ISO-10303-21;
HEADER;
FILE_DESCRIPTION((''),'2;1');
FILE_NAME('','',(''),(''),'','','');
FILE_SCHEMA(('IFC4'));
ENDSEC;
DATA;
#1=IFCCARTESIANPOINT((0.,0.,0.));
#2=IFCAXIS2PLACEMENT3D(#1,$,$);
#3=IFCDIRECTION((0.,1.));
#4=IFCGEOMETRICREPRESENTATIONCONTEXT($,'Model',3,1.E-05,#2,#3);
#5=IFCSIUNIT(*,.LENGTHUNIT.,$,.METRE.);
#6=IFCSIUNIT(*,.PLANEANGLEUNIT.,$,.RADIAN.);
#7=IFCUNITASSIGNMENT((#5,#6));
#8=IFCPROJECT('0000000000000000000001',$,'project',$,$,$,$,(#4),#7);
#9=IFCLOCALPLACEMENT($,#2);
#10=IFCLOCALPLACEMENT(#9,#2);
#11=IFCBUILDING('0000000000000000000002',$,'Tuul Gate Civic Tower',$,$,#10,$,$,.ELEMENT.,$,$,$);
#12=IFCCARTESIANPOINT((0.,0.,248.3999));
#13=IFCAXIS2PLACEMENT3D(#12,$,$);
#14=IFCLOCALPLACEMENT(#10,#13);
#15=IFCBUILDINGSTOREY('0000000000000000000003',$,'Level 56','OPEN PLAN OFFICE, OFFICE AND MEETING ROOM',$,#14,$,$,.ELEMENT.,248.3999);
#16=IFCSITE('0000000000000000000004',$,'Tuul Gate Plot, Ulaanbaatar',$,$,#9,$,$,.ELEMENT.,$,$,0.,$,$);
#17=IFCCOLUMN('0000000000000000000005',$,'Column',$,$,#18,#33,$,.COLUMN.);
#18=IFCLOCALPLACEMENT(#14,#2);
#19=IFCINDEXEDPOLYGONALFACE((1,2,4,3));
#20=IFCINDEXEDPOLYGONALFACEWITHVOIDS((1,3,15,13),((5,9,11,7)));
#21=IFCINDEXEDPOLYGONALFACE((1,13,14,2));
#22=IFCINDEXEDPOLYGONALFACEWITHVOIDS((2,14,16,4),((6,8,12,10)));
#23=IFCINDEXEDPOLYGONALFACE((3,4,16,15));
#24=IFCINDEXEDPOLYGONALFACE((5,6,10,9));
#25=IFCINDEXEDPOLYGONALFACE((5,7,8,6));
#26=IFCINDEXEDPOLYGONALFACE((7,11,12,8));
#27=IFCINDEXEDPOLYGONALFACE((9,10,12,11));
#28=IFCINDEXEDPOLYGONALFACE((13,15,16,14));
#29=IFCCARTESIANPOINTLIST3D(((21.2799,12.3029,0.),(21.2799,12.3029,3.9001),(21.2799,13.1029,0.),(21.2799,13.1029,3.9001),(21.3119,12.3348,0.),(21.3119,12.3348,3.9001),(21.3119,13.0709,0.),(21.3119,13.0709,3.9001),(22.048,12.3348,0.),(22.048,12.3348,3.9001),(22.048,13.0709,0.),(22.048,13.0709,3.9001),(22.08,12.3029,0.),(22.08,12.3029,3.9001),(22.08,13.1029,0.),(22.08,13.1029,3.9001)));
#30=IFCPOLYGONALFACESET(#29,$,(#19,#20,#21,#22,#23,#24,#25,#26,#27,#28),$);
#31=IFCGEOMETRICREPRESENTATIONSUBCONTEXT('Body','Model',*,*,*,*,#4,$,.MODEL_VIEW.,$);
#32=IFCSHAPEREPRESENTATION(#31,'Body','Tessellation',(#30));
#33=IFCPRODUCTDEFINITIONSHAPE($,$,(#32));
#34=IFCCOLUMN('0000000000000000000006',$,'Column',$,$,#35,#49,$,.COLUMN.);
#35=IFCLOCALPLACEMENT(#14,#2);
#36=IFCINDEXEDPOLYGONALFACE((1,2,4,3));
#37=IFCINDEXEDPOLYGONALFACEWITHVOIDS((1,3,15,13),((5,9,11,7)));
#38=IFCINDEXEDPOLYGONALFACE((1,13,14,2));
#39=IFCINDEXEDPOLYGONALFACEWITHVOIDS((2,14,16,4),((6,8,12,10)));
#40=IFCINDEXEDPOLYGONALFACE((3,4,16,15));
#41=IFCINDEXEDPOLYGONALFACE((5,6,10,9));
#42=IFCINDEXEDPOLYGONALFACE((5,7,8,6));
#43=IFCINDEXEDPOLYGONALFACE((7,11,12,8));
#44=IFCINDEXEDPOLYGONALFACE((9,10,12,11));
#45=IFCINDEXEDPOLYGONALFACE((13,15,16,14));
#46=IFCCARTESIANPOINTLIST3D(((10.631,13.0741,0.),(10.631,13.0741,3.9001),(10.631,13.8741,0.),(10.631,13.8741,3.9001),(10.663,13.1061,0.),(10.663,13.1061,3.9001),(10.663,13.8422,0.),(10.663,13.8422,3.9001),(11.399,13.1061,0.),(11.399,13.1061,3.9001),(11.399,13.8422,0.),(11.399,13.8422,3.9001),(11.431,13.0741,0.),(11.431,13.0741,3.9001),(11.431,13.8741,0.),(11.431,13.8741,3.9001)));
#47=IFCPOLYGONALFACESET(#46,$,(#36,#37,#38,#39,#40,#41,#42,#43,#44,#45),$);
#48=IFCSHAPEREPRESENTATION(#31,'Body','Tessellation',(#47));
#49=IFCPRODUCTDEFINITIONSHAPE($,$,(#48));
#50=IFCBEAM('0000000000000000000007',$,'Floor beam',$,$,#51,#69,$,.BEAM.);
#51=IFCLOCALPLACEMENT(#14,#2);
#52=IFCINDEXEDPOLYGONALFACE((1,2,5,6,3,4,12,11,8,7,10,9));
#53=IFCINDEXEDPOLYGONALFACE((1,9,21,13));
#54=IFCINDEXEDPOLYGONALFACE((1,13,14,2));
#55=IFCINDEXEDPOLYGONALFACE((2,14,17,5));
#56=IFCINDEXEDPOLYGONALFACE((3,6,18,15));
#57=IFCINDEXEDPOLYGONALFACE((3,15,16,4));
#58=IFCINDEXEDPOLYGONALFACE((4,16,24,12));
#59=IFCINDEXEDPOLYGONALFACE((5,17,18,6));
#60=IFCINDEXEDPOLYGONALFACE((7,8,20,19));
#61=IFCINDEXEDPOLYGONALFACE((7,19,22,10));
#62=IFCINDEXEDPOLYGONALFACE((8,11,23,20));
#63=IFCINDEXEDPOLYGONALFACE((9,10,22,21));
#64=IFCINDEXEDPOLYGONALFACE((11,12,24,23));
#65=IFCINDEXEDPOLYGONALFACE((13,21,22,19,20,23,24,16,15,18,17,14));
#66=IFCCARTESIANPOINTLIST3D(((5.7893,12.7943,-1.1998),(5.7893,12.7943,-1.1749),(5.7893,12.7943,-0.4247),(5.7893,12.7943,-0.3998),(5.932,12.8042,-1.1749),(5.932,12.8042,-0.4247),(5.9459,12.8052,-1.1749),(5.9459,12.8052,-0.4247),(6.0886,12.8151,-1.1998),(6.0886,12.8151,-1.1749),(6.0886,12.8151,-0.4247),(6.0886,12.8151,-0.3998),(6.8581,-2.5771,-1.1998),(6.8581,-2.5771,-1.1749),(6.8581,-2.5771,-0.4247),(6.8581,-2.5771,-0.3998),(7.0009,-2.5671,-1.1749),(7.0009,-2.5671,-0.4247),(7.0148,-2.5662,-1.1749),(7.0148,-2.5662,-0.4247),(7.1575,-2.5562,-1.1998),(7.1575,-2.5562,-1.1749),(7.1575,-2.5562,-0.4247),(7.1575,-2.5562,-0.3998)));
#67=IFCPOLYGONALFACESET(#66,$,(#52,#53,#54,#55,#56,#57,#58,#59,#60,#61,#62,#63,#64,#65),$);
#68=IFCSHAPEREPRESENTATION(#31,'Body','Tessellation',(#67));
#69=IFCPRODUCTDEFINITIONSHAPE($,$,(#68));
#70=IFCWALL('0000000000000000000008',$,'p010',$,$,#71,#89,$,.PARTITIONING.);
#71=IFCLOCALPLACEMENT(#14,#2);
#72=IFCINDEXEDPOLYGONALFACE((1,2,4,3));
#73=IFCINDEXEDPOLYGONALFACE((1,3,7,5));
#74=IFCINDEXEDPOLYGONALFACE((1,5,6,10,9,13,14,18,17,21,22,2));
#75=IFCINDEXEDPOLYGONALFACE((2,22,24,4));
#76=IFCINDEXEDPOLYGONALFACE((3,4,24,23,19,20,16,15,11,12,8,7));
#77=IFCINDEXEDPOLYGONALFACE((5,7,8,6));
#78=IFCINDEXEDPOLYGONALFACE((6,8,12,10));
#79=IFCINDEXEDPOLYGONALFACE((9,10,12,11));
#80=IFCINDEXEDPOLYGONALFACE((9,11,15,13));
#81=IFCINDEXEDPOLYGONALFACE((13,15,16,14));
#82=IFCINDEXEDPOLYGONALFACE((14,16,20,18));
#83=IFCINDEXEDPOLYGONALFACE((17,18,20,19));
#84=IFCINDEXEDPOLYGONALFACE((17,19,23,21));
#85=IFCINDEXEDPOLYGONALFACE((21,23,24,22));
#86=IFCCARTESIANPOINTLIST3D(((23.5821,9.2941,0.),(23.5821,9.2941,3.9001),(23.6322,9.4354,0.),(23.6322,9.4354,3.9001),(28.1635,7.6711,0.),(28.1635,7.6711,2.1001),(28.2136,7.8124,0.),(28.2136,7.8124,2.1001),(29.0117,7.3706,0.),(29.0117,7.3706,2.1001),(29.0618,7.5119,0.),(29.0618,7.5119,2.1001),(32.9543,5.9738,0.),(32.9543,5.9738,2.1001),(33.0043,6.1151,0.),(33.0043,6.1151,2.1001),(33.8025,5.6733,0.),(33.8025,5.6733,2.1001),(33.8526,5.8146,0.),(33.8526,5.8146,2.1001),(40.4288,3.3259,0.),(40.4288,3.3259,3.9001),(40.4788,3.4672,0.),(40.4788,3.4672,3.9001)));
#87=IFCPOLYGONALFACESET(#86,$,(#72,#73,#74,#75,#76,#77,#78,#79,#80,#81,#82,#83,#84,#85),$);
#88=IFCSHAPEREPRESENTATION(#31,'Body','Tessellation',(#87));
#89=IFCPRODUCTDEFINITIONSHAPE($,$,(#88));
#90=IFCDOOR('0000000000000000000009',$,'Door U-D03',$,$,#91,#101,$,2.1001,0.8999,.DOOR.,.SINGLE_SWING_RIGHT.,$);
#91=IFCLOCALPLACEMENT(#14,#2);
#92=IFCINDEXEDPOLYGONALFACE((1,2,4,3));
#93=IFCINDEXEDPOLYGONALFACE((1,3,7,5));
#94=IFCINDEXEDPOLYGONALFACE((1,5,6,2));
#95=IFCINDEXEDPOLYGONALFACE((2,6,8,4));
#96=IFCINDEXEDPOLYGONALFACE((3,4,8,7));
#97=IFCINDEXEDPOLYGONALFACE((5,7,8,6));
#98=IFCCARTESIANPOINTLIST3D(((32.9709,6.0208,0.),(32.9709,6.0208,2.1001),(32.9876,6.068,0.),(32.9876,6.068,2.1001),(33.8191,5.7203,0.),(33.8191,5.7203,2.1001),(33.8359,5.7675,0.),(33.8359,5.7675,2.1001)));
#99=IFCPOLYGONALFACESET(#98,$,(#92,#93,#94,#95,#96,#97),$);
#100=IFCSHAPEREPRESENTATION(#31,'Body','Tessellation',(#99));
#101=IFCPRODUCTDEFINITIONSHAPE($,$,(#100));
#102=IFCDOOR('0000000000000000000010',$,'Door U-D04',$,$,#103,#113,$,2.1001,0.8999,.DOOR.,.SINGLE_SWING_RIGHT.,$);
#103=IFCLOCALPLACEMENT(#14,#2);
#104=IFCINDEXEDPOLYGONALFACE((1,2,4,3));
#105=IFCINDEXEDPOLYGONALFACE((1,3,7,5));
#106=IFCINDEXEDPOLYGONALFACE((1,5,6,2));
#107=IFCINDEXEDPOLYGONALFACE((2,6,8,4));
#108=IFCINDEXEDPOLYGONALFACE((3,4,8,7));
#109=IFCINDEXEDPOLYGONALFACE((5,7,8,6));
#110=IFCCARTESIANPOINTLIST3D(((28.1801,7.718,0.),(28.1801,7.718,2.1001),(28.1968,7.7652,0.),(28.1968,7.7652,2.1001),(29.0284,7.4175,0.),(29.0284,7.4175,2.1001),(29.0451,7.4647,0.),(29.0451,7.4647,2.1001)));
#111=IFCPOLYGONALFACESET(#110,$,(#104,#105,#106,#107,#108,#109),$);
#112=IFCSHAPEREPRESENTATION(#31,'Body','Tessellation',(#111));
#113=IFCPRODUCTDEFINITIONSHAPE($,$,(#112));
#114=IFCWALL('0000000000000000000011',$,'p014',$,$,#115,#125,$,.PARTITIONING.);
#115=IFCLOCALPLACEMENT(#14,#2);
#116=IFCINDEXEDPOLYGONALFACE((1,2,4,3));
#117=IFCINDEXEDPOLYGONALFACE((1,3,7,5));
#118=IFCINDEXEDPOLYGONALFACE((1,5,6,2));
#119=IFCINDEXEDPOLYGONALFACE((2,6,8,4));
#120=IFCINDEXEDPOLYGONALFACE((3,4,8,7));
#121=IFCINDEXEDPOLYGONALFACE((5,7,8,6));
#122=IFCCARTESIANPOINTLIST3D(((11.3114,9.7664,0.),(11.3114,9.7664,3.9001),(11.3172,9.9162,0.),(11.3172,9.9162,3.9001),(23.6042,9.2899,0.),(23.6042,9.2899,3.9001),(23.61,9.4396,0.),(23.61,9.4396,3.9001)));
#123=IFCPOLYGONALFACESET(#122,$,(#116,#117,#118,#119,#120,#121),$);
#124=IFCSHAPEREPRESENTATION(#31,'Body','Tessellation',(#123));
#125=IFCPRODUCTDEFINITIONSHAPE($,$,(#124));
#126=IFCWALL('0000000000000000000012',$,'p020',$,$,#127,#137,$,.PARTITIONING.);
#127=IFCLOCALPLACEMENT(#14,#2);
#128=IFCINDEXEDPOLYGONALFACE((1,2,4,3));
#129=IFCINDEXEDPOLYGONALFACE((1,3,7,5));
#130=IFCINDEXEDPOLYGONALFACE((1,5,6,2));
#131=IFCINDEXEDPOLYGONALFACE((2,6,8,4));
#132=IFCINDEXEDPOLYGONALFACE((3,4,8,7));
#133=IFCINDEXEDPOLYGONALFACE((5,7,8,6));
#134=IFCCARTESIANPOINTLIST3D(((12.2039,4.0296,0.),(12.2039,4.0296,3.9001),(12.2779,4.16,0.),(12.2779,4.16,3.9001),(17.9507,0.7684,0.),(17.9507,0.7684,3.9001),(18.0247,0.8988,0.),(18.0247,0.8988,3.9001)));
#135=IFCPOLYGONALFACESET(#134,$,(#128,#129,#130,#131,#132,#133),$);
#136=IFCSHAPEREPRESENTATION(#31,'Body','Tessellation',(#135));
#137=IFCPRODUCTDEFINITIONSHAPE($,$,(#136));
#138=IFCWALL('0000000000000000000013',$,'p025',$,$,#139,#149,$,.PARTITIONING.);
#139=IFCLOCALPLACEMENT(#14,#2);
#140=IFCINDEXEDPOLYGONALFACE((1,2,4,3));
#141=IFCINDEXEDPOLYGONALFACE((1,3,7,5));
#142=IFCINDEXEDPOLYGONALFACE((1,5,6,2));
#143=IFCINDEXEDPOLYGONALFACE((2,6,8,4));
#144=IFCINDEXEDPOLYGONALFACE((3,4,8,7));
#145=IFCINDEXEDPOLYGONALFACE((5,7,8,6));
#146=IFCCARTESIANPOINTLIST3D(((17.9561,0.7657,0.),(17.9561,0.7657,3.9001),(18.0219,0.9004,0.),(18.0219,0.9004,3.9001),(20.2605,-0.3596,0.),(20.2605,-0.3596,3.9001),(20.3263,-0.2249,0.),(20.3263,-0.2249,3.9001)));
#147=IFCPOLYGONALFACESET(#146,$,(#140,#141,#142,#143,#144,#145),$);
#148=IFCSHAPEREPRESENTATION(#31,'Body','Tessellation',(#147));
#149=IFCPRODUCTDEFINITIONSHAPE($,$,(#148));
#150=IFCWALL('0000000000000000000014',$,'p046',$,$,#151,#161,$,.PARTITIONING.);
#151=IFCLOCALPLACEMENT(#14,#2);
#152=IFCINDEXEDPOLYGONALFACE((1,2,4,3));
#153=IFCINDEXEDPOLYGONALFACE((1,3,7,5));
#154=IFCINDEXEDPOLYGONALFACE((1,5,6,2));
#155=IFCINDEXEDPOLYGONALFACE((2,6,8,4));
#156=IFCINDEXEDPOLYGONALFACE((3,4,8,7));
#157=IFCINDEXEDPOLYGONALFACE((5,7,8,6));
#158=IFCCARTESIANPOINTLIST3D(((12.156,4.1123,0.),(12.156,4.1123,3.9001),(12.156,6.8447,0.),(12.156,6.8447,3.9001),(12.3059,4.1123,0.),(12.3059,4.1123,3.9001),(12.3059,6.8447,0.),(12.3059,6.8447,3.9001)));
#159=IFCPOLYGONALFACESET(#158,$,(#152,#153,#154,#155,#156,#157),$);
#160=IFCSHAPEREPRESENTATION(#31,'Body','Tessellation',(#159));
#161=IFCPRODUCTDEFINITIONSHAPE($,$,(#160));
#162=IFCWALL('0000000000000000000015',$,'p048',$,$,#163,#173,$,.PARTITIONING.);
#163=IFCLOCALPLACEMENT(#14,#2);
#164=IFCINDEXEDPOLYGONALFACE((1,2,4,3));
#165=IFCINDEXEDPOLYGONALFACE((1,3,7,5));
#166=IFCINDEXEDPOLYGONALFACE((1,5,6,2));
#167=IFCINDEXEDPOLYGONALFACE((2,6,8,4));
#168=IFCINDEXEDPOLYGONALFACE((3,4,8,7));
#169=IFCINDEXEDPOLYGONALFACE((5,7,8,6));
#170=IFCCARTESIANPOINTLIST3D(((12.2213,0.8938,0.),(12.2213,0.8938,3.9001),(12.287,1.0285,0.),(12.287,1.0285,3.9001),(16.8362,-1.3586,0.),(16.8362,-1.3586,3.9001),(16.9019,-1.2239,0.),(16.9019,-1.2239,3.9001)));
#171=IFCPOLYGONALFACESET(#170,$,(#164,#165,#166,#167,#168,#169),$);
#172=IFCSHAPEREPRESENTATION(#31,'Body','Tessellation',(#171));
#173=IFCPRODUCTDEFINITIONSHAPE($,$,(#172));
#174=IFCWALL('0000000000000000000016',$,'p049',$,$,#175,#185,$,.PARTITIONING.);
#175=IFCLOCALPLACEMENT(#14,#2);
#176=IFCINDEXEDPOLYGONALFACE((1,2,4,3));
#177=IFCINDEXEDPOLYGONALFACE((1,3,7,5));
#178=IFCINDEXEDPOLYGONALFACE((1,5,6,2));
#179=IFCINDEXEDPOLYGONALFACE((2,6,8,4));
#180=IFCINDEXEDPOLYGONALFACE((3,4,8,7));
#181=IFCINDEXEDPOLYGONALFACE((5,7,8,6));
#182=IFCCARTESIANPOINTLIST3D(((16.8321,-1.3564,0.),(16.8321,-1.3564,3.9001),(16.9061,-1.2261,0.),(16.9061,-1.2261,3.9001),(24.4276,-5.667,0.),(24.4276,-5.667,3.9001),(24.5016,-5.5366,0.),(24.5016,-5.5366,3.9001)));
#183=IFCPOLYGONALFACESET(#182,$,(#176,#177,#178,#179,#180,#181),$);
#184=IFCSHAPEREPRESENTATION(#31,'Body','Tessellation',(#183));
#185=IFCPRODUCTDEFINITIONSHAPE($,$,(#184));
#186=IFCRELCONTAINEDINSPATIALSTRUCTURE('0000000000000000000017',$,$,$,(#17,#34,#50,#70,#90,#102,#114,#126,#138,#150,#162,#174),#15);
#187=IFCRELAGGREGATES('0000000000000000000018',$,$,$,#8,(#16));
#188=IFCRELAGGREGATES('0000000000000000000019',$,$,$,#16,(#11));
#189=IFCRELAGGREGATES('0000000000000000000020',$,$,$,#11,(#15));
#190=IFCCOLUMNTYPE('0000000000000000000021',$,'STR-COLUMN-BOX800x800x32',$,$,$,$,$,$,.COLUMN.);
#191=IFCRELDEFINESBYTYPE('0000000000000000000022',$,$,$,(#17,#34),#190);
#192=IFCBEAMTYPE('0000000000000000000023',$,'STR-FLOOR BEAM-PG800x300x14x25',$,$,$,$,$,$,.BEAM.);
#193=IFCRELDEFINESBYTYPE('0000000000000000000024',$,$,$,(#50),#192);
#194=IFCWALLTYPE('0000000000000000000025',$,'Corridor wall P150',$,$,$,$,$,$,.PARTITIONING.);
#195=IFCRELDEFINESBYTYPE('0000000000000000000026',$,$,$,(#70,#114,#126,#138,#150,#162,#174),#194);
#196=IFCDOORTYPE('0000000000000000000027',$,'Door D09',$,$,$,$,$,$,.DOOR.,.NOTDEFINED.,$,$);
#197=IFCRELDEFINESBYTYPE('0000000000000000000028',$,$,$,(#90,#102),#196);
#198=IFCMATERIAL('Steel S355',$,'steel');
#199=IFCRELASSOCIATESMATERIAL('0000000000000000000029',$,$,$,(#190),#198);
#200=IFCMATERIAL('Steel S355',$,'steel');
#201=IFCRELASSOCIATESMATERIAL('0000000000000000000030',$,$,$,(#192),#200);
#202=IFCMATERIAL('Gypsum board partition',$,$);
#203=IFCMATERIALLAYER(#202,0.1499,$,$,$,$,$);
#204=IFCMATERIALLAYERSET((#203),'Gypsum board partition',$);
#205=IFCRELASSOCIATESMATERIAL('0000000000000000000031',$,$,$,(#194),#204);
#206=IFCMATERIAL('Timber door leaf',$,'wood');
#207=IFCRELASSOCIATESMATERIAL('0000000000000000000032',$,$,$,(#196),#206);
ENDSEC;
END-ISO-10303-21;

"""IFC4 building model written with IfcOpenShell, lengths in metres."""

from ifc_helpers import new_model, si_unit, direction, frame, frame_2d, origin, origin_2d, place, context, subcontext, project, spatial, rectangle, hollow_rectangle, i_section, extrude, material, layer, layer_set, material_profile, profile_set, type_object, element, fill, save


model = new_model("IFC4")

# Units and contexts
model_context = context("Model", 3, precision=1e-05, world=origin(), true_north=direction((0.0, 1.0)))
body_context = subcontext(model_context, "Body", "Model", "MODEL_VIEW")
ifc_project = project(units=[si_unit("LENGTHUNIT", "METRE"), si_unit("PLANEANGLEUNIT", "RADIAN")], contexts=[model_context])

# Site, building, storey
site_placement = place(None, origin())
site = spatial("IfcSite", under=ifc_project, at=site_placement, Name="Tuul Gate Plot, Ulaanbaatar", CompositionType="ELEMENT", RefElevation=0.0)
building_placement = place(site_placement, origin())
building = spatial("IfcBuilding", under=site, at=building_placement, Name="Tuul Gate Civic Tower", CompositionType="ELEMENT")
storey_placement = place(building_placement, frame((0.0, 0.0, 248.3999)))
storey = spatial("IfcBuildingStorey", under=building, at=storey_placement, Name="Level 56", Description="OPEN PLAN OFFICE, OFFICE AND MEETING ROOM", CompositionType="ELEMENT", Elevation=248.3999)

# Columns
ifc_material_1 = material(Name="Steel S355", Category="steel")
ifc_material_profile_1 = material_profile(ifc_material_1, hollow_rectangle(XDim=0.8, YDim=0.8, WallThickness=0.032, at=origin_2d()), Name="BOX800x800x32")
ifc_profile_set_1 = profile_set([ifc_material_profile_1], Name="Steel S355")
column_type = type_object("IfcColumnType", Name="STR-COLUMN-BOX800x800x32", PredefinedType="COLUMN", material=ifc_profile_set_1)
for number, where, z_axis, x_axis, name in (
    (1, (21.6799, 12.7029, 0.0), (0.0, 0.0, 1.0), (1.0, 0.0, 0.0), "Column"),
    (2, (11.031, 13.4741, 0.0), (0.0, 0.0, 1.0), (1.0, 0.0, 0.0), "Column"),
):
    element("IfcColumn", number, at=place(storey_placement, frame(where, z_axis=z_axis, x_axis=x_axis)), inside=storey, type_object=column_type, Name=name, PredefinedType="COLUMN", context=body_context, shape_type="SweptSolid", body=[
        extrude(hollow_rectangle(XDim=0.8, YDim=0.8, WallThickness=0.032, at=origin_2d()), origin(), (0.0, 0.0, 1.0), 3.9001),
    ])

# Beam
ifc_material_2 = material(Name="Steel S355", Category="steel")
ifc_material_profile_2 = material_profile(ifc_material_2, i_section(OverallWidth=0.3, OverallDepth=0.8, WebThickness=0.0139, FlangeThickness=0.0249, at=origin_2d()), Name="PG800x300x14x25")
ifc_profile_set_2 = profile_set([ifc_material_profile_2], Name="Steel S355")
beam_type = type_object("IfcBeamType", Name="STR-FLOOR BEAM-PG800x300x14x25", PredefinedType="BEAM", material=ifc_profile_set_2)
beam_placement = place(storey_placement, frame((7.0078, -2.5667, -0.7998), z_axis=(-0.069368, 0.997591, 0.0), x_axis=(-0.997591, -0.069368, 0.0)))
element("IfcBeam", 3, at=beam_placement, inside=storey, type_object=beam_type, Name="Floor beam", PredefinedType="BEAM", context=body_context, shape_type="SweptSolid", body=[
    extrude(i_section(OverallWidth=0.3, OverallDepth=0.8, WebThickness=0.0139, FlangeThickness=0.0249, at=origin_2d()), origin(), (0.0, 0.0, 1.0), 15.4084),
])

# Wall, openings, doors
ifc_material_3 = material(Name="Gypsum board partition")
ifc_layer_1 = layer(ifc_material_3, 0.1499)
ifc_layer_set_1 = layer_set([ifc_layer_1], Name="Gypsum board partition")
wall_type_1 = type_object("IfcWallType", Name="Corridor wall P150", PredefinedType="PARTITIONING", material=ifc_layer_set_1)
wall_1_placement = place(storey_placement, frame((23.6072, 9.3647, 0.0), z_axis=(0.0, 0.0, 1.0), x_axis=(0.942597, -0.333933, 0.0)))
wall_1 = element("IfcWall", 4, at=wall_1_placement, inside=storey, type_object=wall_type_1, Name="p010", PredefinedType="PARTITIONING", context=body_context, shape_type="SweptSolid", body=[
    extrude(rectangle(XDim=17.8726, YDim=0.1499, at=frame_2d((8.9363, 0.0))), origin(), (0.0, 0.0, 1.0), 3.9001),
])
opening_1_placement = place(wall_1_placement, frame((9.9429, 0.0, 0.0)))
opening_1 = element("IfcOpeningElement", 5, at=opening_1_placement, cuts=wall_1, PredefinedType="OPENING", context=body_context, shape_type="SweptSolid", body=[
    extrude(rectangle(XDim=0.8999, YDim=2.1001, at=frame_2d((0.45, 1.05))), frame((0.0, 0.085, 0.0), z_axis=(0.0, -1.0, 0.0), x_axis=(1.0, 0.0, 0.0)), (0.0, 0.0, 1.0), 0.1699),
])
opening_2_placement = place(wall_1_placement, frame((4.8604, 0.0, 0.0)))
opening_2 = element("IfcOpeningElement", 6, at=opening_2_placement, cuts=wall_1, PredefinedType="OPENING", context=body_context, shape_type="SweptSolid", body=[
    extrude(rectangle(XDim=0.8999, YDim=2.1001, at=frame_2d((0.45, 1.05))), frame((0.0, 0.085, 0.0), z_axis=(0.0, -1.0, 0.0), x_axis=(1.0, 0.0, 0.0)), (0.0, 0.0, 1.0), 0.1699),
])
ifc_material_4 = material(Name="Timber door leaf", Category="wood")
door_type_1 = type_object("IfcDoorType", Name="Door D09", OperationType="NOTDEFINED", PredefinedType="DOOR", material=ifc_material_4)
door_1_placement = place(opening_1_placement, origin())
door_1 = element("IfcDoor", 7, at=door_1_placement, inside=storey, type_object=door_type_1, Name="Door U-D03", OperationType="SINGLE_SWING_RIGHT", OverallHeight=2.1001, OverallWidth=0.8999, PredefinedType="DOOR", context=body_context, shape_type="SweptSolid", body=[
    extrude(rectangle(XDim=0.8999, YDim=2.1001, at=frame_2d((0.45, 1.05))), frame((0.0, 0.0249, 0.0), z_axis=(0.0, -1.0, 0.0), x_axis=(1.0, 0.0, 0.0)), (0.0, 0.0, 1.0), 0.05),
])
fill(opening_1, door_1)
door_2_placement = place(opening_2_placement, origin())
door_2 = element("IfcDoor", 8, at=door_2_placement, inside=storey, type_object=door_type_1, Name="Door U-D04", OperationType="SINGLE_SWING_RIGHT", OverallHeight=2.1001, OverallWidth=0.8999, PredefinedType="DOOR", context=body_context, shape_type="SweptSolid", body=[
    extrude(rectangle(XDim=0.8999, YDim=2.1001, at=frame_2d((0.45, 1.05))), frame((0.0, 0.0249, 0.0), z_axis=(0.0, -1.0, 0.0), x_axis=(1.0, 0.0, 0.0)), (0.0, 0.0, 1.0), 0.05),
])
fill(opening_2, door_2)

# Walls
wall_2_placement = place(storey_placement, frame((11.3145, 9.8413, 0.0), z_axis=(0.0, 0.0, 1.0), x_axis=(0.999249, -0.038739, 0.0)))
element("IfcWall", 9, at=wall_2_placement, inside=storey, type_object=wall_type_1, Name="p014", PredefinedType="PARTITIONING", context=body_context, shape_type="SweptSolid", body=[
    extrude(rectangle(XDim=12.302, YDim=0.1499, at=frame_2d((6.1509, 0.0))), origin(), (0.0, 0.0, 1.0), 3.9001),
])
wall_3_placement = place(storey_placement, frame((12.241, 4.0947, 0.0), z_axis=(0.0, 0.0, 1.0), x_axis=(0.869717, -0.49355, 0.0)))
element("IfcWall", 10, at=wall_3_placement, inside=storey, type_object=wall_type_1, Name="p020", PredefinedType="PARTITIONING", context=body_context, shape_type="SweptSolid", body=[
    extrude(rectangle(XDim=6.6077, YDim=0.1499, at=frame_2d((3.3037, 0.0))), origin(), (0.0, 0.0, 1.0), 3.9001),
])
wall_4_placement = place(storey_placement, frame((17.989, 0.833, 0.0), z_axis=(0.0, 0.0, 1.0), x_axis=(0.898595, -0.438778, 0.0)))
element("IfcWall", 11, at=wall_4_placement, inside=storey, type_object=wall_type_1, Name="p025", PredefinedType="PARTITIONING", context=body_context, shape_type="SweptSolid", body=[
    extrude(rectangle(XDim=2.5645, YDim=0.1499, at=frame_2d((1.2822, 0.0))), origin(), (0.0, 0.0, 1.0), 3.9001),
])
wall_5_placement = place(storey_placement, frame((12.231, 4.1123, 0.0), z_axis=(0.0, 0.0, 1.0), x_axis=(0.0, 1.0, 0.0)))
element("IfcWall", 12, at=wall_5_placement, inside=storey, type_object=wall_type_1, Name="p046", PredefinedType="PARTITIONING", context=body_context, shape_type="SweptSolid", body=[
    extrude(rectangle(XDim=2.7324, YDim=0.1499, at=frame_2d((1.3662, 0.0))), origin(), (0.0, 0.0, 1.0), 3.9001),
])
wall_6_placement = place(storey_placement, frame((12.2542, 0.9612, 0.0), z_axis=(0.0, 0.0, 1.0), x_axis=(0.898674, -0.438617, 0.0)))
element("IfcWall", 13, at=wall_6_placement, inside=storey, type_object=wall_type_1, Name="p048", PredefinedType="PARTITIONING", context=body_context, shape_type="SweptSolid", body=[
    extrude(rectangle(XDim=5.1353, YDim=0.1499, at=frame_2d((2.5676, 0.0))), origin(), (0.0, 0.0, 1.0), 3.9001),
])
wall_7_placement = place(storey_placement, frame((16.8691, -1.2913, 0.0), z_axis=(0.0, 0.0, 1.0), x_axis=(0.869705, -0.493572, 0.0)))
element("IfcWall", 14, at=wall_7_placement, inside=storey, type_object=wall_type_1, Name="p049", PredefinedType="PARTITIONING", context=body_context, shape_type="SweptSolid", body=[
    extrude(rectangle(XDim=8.7334, YDim=0.1499, at=frame_2d((4.3667, 0.0))), origin(), (0.0, 0.0, 1.0), 3.9001),
])

save(model, "model.ifc")
